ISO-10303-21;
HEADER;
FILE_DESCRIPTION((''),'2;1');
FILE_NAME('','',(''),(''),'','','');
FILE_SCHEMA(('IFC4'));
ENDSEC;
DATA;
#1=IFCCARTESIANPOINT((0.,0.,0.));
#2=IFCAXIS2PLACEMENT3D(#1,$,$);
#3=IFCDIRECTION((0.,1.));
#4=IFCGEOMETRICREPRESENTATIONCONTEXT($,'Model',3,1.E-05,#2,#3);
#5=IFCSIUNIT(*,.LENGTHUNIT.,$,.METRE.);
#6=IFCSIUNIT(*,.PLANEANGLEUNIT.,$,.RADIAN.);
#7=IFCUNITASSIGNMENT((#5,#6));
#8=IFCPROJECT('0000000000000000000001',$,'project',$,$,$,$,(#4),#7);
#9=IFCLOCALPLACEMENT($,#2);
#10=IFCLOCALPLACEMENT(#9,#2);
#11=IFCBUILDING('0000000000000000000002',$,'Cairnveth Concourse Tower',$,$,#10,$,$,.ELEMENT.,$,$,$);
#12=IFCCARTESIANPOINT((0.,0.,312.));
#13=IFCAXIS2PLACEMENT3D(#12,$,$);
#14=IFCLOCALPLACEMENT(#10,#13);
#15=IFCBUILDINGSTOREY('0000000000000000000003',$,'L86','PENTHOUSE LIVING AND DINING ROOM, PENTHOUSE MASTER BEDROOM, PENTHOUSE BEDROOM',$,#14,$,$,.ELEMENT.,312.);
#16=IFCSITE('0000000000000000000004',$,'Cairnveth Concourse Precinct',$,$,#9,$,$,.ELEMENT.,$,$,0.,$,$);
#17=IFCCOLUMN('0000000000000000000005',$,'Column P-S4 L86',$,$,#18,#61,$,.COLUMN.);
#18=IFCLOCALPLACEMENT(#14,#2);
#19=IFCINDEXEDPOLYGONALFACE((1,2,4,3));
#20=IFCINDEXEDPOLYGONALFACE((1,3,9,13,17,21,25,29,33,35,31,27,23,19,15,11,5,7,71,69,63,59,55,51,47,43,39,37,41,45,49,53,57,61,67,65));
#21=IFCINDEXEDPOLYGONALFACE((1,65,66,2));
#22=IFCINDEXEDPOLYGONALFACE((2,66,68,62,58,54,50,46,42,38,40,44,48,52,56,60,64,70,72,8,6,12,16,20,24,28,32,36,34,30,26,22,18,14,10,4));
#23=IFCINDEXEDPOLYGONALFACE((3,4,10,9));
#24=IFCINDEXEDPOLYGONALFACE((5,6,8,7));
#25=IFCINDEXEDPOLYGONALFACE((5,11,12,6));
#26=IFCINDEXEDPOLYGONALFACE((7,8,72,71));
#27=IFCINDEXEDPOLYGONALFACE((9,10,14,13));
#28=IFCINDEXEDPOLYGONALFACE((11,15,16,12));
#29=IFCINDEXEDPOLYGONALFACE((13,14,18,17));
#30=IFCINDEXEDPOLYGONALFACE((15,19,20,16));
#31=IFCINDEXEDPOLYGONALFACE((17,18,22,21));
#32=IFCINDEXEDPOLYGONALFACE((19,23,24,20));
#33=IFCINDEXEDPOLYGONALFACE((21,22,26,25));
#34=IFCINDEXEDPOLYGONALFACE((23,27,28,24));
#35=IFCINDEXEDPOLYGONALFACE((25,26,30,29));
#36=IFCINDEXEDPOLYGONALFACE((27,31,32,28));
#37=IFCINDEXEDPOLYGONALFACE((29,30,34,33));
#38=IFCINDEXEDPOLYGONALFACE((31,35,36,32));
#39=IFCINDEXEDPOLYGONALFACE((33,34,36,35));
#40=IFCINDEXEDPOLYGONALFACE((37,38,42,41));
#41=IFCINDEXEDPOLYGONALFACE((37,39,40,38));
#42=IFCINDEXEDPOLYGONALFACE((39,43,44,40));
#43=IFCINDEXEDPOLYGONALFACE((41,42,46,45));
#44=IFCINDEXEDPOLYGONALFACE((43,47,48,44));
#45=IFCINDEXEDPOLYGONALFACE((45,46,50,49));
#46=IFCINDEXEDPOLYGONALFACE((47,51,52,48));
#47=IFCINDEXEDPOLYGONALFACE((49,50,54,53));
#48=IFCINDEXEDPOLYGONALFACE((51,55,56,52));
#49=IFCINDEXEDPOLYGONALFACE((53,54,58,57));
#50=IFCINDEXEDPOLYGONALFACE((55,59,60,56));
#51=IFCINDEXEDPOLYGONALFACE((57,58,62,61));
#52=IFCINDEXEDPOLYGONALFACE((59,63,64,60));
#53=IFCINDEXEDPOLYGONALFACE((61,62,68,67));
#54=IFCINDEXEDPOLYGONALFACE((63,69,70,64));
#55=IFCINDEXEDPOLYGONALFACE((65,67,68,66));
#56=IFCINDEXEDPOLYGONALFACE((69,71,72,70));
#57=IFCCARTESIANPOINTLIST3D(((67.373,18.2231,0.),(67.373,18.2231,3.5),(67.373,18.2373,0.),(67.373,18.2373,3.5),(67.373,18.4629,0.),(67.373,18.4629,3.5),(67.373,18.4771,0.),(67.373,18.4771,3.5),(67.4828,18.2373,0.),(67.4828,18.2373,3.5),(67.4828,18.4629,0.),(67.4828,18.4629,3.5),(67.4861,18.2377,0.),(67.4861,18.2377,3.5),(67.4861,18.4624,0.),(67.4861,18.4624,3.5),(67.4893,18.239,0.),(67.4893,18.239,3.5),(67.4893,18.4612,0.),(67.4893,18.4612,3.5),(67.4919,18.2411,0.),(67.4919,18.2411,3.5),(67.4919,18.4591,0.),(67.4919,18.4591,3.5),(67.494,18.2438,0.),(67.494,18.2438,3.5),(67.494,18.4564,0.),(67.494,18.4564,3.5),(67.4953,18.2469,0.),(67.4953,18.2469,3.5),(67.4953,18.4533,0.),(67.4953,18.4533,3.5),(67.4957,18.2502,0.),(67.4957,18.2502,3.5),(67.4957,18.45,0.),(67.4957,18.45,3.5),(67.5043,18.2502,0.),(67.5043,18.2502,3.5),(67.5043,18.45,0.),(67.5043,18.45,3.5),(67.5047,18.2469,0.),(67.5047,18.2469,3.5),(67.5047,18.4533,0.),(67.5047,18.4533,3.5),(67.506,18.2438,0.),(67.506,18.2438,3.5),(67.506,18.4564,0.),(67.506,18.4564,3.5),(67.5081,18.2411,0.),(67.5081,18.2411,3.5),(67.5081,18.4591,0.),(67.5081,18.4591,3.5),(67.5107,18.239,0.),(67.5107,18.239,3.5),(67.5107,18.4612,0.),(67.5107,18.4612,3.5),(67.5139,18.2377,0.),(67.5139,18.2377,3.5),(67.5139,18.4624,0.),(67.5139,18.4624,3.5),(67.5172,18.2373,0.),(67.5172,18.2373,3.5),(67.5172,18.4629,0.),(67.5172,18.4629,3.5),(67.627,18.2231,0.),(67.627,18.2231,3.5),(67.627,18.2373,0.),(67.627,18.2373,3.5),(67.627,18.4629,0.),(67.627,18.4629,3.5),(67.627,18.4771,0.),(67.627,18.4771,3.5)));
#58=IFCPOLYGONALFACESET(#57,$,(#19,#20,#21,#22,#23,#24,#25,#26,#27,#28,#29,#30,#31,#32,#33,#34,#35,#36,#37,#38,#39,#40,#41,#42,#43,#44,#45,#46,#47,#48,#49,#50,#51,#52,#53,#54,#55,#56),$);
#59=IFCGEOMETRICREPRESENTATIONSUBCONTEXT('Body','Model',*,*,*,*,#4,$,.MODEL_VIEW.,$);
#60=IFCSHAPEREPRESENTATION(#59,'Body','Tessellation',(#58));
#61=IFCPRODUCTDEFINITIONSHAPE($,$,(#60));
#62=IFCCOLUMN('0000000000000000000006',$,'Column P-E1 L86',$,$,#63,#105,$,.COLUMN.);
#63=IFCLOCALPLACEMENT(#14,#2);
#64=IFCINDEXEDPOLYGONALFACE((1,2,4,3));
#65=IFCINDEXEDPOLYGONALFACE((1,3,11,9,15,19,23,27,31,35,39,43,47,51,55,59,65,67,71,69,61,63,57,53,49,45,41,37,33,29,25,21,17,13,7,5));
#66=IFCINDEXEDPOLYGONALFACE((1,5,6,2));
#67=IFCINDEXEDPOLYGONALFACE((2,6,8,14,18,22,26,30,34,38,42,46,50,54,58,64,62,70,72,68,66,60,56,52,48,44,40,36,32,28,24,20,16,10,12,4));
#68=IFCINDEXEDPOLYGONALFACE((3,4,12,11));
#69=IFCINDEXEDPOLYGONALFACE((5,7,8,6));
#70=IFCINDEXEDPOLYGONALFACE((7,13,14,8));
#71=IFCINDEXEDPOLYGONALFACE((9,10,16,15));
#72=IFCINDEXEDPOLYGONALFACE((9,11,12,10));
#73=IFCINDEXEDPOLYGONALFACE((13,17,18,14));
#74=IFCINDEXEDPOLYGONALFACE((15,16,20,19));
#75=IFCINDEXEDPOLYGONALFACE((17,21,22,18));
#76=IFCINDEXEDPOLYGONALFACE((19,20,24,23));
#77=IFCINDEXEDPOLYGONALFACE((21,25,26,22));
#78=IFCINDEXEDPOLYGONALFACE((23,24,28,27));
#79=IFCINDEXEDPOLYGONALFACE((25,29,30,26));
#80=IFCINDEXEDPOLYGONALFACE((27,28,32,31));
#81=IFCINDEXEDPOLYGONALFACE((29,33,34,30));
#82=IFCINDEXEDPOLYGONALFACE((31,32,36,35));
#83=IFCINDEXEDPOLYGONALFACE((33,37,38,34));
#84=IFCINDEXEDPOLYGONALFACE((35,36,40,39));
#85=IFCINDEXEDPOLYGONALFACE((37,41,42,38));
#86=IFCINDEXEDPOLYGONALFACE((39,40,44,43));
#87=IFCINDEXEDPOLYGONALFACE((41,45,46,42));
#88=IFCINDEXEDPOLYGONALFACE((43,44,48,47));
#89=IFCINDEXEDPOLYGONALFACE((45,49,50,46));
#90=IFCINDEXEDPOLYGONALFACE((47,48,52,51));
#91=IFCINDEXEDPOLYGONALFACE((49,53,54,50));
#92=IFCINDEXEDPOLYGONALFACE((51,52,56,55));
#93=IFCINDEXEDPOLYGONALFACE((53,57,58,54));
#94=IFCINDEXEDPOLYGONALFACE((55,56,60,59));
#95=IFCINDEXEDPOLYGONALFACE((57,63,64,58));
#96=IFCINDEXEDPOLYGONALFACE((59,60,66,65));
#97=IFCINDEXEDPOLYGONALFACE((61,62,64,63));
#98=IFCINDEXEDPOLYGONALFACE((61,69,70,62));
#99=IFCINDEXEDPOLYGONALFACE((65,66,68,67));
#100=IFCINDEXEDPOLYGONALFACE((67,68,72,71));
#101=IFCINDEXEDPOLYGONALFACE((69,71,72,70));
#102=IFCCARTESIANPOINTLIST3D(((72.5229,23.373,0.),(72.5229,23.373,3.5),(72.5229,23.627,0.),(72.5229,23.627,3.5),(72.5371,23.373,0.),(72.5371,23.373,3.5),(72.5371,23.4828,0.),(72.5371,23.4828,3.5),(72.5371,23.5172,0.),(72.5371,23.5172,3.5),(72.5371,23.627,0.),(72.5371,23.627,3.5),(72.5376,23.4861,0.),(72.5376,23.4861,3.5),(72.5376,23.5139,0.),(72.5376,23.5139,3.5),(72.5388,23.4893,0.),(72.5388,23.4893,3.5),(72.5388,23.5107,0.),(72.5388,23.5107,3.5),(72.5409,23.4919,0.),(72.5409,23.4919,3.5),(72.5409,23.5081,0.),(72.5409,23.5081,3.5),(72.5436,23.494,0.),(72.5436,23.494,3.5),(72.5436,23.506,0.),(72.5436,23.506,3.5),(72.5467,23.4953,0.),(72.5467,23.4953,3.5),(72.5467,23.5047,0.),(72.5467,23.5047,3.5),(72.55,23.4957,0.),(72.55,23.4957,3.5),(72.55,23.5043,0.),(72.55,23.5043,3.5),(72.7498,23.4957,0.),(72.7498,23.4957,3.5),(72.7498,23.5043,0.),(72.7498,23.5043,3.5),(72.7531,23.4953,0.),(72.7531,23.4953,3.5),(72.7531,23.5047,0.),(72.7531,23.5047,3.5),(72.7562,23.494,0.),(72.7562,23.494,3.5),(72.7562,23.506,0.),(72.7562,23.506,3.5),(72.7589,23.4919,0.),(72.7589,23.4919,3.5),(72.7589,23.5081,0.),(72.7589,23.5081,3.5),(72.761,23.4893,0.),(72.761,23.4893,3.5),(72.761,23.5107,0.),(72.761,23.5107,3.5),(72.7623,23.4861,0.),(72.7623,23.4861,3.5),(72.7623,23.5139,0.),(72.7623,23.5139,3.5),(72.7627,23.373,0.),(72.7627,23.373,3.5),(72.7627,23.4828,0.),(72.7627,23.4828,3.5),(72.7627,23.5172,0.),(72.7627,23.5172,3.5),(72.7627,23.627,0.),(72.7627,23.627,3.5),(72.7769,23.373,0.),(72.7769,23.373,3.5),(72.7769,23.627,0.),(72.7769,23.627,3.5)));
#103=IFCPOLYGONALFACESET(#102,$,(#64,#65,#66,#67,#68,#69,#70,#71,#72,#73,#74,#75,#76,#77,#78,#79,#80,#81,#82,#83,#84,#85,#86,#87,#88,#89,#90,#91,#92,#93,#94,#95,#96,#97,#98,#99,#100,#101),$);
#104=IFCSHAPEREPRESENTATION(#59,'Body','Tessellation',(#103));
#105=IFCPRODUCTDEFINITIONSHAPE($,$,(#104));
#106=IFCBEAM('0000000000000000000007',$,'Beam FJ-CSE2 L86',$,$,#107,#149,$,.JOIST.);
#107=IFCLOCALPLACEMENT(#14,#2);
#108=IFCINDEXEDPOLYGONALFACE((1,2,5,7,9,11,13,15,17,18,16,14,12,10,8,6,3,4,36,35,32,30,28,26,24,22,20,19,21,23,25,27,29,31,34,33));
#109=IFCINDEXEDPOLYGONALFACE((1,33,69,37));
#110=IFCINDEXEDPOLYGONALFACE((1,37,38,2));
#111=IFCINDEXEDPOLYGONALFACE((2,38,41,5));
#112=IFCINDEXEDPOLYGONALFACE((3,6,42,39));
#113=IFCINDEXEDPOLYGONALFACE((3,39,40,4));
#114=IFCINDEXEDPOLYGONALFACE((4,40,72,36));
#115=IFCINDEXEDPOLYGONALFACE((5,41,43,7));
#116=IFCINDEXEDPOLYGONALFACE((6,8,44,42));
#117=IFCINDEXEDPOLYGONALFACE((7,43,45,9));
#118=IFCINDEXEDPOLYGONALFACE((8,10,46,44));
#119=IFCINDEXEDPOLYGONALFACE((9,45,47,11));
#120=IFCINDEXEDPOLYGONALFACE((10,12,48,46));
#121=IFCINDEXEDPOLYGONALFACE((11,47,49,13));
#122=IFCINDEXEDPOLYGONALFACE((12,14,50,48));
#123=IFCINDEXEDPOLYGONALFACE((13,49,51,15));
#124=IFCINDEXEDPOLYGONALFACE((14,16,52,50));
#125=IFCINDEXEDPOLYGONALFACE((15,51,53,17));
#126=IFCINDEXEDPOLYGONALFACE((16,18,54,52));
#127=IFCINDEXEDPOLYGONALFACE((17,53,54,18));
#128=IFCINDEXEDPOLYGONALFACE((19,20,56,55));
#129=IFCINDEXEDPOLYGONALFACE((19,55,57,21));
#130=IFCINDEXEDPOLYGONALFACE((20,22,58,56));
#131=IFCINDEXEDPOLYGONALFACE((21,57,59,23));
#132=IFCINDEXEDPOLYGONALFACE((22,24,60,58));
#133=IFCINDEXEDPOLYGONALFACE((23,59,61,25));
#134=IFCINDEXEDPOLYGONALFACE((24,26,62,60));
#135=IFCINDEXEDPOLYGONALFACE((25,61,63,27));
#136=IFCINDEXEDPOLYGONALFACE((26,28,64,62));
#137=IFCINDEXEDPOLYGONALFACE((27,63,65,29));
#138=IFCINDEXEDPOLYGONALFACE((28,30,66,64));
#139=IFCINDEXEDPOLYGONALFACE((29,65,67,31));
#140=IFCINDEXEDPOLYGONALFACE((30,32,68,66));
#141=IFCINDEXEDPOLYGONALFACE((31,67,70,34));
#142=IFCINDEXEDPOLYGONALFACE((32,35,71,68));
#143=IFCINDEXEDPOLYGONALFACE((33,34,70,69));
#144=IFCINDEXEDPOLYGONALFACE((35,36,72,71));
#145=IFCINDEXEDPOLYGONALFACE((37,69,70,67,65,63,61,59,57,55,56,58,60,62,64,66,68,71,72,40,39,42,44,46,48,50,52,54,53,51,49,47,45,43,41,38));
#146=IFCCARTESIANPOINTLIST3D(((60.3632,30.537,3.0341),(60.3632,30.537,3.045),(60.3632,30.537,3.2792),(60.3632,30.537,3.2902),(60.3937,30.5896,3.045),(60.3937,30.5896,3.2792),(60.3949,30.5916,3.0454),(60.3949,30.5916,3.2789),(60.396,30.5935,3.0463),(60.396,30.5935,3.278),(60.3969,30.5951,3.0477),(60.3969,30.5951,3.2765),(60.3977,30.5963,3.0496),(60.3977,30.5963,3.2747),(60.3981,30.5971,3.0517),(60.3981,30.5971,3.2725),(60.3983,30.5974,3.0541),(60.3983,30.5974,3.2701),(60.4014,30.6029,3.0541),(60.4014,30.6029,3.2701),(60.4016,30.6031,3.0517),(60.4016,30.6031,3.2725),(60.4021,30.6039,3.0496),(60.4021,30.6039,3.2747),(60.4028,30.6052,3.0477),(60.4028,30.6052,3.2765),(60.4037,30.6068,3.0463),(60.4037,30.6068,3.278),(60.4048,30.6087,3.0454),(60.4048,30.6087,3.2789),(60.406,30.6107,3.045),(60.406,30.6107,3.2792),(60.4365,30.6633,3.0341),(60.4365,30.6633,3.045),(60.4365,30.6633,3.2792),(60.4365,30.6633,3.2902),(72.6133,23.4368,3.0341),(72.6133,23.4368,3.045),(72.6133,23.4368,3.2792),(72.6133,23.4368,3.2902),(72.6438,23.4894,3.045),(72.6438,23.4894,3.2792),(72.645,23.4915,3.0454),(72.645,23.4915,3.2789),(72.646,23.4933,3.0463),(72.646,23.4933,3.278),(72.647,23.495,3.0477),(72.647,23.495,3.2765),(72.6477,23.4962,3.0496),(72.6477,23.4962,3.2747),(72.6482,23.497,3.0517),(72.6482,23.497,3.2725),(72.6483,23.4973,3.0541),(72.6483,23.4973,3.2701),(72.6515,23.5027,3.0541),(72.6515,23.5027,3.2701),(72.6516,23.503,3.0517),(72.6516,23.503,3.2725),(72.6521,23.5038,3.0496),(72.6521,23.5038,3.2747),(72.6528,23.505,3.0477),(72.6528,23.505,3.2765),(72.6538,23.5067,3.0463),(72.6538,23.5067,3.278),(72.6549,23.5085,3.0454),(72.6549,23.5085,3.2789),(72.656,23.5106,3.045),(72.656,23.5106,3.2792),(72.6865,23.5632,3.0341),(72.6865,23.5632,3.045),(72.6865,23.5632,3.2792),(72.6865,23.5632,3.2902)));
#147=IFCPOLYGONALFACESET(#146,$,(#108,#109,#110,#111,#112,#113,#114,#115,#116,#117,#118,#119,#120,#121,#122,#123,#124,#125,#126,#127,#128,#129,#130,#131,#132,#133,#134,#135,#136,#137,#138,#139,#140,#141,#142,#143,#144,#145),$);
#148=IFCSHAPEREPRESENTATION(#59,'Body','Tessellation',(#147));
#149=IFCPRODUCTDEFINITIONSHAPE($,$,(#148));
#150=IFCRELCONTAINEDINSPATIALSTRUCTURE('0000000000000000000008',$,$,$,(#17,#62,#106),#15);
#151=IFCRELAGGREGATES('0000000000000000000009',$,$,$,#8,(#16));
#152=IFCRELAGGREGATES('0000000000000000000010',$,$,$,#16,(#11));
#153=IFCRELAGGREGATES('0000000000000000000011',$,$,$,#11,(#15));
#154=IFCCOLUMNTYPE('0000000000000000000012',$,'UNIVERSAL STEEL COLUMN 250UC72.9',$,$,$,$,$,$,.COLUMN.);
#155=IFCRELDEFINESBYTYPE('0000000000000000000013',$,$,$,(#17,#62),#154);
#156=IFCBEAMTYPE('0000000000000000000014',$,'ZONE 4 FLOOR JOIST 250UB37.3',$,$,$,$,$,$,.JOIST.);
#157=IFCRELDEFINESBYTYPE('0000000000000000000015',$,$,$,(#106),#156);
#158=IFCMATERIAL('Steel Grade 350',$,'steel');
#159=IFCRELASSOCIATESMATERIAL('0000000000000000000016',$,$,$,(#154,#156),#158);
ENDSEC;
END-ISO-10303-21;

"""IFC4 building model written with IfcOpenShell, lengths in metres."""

from ifc_helpers import new_model, si_unit, direction, frame, origin, origin_2d, place, context, subcontext, project, spatial, i_section, extrude, material, material_profile, profile_set, type_object, element, save


model = new_model("IFC4")

# Units and contexts
model_context = context("Model", 3, precision=1e-05, world=origin(), true_north=direction((0.0, 1.0)))
body_context = subcontext(model_context, "Body", "Model", "MODEL_VIEW")
ifc_project = project(units=[si_unit("LENGTHUNIT", "METRE"), si_unit("PLANEANGLEUNIT", "RADIAN")], contexts=[model_context])

# Site, building, storey
site_placement = place(None, origin())
site = spatial("IfcSite", under=ifc_project, at=site_placement, Name="Cairnveth Concourse Precinct", CompositionType="ELEMENT", RefElevation=0.0)
building_placement = place(site_placement, origin())
building = spatial("IfcBuilding", under=site, at=building_placement, Name="Cairnveth Concourse Tower", CompositionType="ELEMENT")
storey_placement = place(building_placement, frame((0.0, 0.0, 312.0)))
storey = spatial("IfcBuildingStorey", under=building, at=storey_placement, Name="L86", Description="PENTHOUSE LIVING AND DINING ROOM, PENTHOUSE MASTER BEDROOM, PENTHOUSE BEDROOM", CompositionType="ELEMENT", Elevation=312.0)

# Columns
ifc_material_1 = material(Name="Steel Grade 350", Category="steel")
ifc_material_profile_1 = material_profile(ifc_material_1, i_section(OverallWidth=0.2539, OverallDepth=0.2539, WebThickness=0.0085, FlangeThickness=0.0142, FilletRadius=0.0129, at=origin_2d()), Name="250UC72.9")
ifc_profile_set_1 = profile_set([ifc_material_profile_1], Name="Steel Grade 350")
column_type = type_object("IfcColumnType", Name="UNIVERSAL STEEL COLUMN 250UC72.9", PredefinedType="COLUMN", material=ifc_profile_set_1)
for number, where, z_axis, x_axis, name in (
    (1, (67.5, 18.3501, 0.0), (0.0, 0.0, 1.0), (1.0, 0.0, 0.0), "Column P-S4 L86"),
    (2, (72.6499, 23.5, 0.0), (0.0, 0.0, 1.0), (0.0, 1.0, 0.0), "Column P-E1 L86"),
):
    element("IfcColumn", number, at=place(storey_placement, frame(where, z_axis=z_axis, x_axis=x_axis)), inside=storey, type_object=column_type, Name=name, PredefinedType="COLUMN", context=body_context, shape_type="SweptSolid", body=[
        extrude(i_section(OverallWidth=0.2539, OverallDepth=0.2539, WebThickness=0.0085, FlangeThickness=0.0142, FilletRadius=0.0129, at=origin_2d()), origin(), (0.0, 0.0, 1.0), 3.5),
    ])

# Beam
ifc_material_profile_2 = material_profile(ifc_material_1, i_section(OverallWidth=0.146, OverallDepth=0.2561, WebThickness=0.0063, FlangeThickness=0.011, FilletRadius=0.009, at=origin_2d()), Name="250UB37.3")
ifc_profile_set_2 = profile_set([ifc_material_profile_2], Name="Steel Grade 350")
beam_type_1 = type_object("IfcBeamType", Name="ZONE 4 FLOOR JOIST 250UB37.3", PredefinedType="JOIST", material=ifc_profile_set_2)
beam_1_placement = place(storey_placement, frame((72.6499, 23.5, 3.1621), z_axis=(-0.865181, 0.501459, 0.0), x_axis=(-0.501459, -0.865181, 0.0)))
element("IfcBeam", 3, at=beam_1_placement, inside=storey, type_object=beam_type_1, Name="Beam FJ-CSE2 L86", PredefinedType="JOIST", context=body_context, shape_type="SweptSolid", body=[
    extrude(i_section(OverallWidth=0.146, OverallDepth=0.2561, WebThickness=0.0063, FlangeThickness=0.011, FilletRadius=0.009, at=origin_2d()), origin(), (0.0, 0.0, 1.0), 14.1589),
])

save(model, "model.ifc")
